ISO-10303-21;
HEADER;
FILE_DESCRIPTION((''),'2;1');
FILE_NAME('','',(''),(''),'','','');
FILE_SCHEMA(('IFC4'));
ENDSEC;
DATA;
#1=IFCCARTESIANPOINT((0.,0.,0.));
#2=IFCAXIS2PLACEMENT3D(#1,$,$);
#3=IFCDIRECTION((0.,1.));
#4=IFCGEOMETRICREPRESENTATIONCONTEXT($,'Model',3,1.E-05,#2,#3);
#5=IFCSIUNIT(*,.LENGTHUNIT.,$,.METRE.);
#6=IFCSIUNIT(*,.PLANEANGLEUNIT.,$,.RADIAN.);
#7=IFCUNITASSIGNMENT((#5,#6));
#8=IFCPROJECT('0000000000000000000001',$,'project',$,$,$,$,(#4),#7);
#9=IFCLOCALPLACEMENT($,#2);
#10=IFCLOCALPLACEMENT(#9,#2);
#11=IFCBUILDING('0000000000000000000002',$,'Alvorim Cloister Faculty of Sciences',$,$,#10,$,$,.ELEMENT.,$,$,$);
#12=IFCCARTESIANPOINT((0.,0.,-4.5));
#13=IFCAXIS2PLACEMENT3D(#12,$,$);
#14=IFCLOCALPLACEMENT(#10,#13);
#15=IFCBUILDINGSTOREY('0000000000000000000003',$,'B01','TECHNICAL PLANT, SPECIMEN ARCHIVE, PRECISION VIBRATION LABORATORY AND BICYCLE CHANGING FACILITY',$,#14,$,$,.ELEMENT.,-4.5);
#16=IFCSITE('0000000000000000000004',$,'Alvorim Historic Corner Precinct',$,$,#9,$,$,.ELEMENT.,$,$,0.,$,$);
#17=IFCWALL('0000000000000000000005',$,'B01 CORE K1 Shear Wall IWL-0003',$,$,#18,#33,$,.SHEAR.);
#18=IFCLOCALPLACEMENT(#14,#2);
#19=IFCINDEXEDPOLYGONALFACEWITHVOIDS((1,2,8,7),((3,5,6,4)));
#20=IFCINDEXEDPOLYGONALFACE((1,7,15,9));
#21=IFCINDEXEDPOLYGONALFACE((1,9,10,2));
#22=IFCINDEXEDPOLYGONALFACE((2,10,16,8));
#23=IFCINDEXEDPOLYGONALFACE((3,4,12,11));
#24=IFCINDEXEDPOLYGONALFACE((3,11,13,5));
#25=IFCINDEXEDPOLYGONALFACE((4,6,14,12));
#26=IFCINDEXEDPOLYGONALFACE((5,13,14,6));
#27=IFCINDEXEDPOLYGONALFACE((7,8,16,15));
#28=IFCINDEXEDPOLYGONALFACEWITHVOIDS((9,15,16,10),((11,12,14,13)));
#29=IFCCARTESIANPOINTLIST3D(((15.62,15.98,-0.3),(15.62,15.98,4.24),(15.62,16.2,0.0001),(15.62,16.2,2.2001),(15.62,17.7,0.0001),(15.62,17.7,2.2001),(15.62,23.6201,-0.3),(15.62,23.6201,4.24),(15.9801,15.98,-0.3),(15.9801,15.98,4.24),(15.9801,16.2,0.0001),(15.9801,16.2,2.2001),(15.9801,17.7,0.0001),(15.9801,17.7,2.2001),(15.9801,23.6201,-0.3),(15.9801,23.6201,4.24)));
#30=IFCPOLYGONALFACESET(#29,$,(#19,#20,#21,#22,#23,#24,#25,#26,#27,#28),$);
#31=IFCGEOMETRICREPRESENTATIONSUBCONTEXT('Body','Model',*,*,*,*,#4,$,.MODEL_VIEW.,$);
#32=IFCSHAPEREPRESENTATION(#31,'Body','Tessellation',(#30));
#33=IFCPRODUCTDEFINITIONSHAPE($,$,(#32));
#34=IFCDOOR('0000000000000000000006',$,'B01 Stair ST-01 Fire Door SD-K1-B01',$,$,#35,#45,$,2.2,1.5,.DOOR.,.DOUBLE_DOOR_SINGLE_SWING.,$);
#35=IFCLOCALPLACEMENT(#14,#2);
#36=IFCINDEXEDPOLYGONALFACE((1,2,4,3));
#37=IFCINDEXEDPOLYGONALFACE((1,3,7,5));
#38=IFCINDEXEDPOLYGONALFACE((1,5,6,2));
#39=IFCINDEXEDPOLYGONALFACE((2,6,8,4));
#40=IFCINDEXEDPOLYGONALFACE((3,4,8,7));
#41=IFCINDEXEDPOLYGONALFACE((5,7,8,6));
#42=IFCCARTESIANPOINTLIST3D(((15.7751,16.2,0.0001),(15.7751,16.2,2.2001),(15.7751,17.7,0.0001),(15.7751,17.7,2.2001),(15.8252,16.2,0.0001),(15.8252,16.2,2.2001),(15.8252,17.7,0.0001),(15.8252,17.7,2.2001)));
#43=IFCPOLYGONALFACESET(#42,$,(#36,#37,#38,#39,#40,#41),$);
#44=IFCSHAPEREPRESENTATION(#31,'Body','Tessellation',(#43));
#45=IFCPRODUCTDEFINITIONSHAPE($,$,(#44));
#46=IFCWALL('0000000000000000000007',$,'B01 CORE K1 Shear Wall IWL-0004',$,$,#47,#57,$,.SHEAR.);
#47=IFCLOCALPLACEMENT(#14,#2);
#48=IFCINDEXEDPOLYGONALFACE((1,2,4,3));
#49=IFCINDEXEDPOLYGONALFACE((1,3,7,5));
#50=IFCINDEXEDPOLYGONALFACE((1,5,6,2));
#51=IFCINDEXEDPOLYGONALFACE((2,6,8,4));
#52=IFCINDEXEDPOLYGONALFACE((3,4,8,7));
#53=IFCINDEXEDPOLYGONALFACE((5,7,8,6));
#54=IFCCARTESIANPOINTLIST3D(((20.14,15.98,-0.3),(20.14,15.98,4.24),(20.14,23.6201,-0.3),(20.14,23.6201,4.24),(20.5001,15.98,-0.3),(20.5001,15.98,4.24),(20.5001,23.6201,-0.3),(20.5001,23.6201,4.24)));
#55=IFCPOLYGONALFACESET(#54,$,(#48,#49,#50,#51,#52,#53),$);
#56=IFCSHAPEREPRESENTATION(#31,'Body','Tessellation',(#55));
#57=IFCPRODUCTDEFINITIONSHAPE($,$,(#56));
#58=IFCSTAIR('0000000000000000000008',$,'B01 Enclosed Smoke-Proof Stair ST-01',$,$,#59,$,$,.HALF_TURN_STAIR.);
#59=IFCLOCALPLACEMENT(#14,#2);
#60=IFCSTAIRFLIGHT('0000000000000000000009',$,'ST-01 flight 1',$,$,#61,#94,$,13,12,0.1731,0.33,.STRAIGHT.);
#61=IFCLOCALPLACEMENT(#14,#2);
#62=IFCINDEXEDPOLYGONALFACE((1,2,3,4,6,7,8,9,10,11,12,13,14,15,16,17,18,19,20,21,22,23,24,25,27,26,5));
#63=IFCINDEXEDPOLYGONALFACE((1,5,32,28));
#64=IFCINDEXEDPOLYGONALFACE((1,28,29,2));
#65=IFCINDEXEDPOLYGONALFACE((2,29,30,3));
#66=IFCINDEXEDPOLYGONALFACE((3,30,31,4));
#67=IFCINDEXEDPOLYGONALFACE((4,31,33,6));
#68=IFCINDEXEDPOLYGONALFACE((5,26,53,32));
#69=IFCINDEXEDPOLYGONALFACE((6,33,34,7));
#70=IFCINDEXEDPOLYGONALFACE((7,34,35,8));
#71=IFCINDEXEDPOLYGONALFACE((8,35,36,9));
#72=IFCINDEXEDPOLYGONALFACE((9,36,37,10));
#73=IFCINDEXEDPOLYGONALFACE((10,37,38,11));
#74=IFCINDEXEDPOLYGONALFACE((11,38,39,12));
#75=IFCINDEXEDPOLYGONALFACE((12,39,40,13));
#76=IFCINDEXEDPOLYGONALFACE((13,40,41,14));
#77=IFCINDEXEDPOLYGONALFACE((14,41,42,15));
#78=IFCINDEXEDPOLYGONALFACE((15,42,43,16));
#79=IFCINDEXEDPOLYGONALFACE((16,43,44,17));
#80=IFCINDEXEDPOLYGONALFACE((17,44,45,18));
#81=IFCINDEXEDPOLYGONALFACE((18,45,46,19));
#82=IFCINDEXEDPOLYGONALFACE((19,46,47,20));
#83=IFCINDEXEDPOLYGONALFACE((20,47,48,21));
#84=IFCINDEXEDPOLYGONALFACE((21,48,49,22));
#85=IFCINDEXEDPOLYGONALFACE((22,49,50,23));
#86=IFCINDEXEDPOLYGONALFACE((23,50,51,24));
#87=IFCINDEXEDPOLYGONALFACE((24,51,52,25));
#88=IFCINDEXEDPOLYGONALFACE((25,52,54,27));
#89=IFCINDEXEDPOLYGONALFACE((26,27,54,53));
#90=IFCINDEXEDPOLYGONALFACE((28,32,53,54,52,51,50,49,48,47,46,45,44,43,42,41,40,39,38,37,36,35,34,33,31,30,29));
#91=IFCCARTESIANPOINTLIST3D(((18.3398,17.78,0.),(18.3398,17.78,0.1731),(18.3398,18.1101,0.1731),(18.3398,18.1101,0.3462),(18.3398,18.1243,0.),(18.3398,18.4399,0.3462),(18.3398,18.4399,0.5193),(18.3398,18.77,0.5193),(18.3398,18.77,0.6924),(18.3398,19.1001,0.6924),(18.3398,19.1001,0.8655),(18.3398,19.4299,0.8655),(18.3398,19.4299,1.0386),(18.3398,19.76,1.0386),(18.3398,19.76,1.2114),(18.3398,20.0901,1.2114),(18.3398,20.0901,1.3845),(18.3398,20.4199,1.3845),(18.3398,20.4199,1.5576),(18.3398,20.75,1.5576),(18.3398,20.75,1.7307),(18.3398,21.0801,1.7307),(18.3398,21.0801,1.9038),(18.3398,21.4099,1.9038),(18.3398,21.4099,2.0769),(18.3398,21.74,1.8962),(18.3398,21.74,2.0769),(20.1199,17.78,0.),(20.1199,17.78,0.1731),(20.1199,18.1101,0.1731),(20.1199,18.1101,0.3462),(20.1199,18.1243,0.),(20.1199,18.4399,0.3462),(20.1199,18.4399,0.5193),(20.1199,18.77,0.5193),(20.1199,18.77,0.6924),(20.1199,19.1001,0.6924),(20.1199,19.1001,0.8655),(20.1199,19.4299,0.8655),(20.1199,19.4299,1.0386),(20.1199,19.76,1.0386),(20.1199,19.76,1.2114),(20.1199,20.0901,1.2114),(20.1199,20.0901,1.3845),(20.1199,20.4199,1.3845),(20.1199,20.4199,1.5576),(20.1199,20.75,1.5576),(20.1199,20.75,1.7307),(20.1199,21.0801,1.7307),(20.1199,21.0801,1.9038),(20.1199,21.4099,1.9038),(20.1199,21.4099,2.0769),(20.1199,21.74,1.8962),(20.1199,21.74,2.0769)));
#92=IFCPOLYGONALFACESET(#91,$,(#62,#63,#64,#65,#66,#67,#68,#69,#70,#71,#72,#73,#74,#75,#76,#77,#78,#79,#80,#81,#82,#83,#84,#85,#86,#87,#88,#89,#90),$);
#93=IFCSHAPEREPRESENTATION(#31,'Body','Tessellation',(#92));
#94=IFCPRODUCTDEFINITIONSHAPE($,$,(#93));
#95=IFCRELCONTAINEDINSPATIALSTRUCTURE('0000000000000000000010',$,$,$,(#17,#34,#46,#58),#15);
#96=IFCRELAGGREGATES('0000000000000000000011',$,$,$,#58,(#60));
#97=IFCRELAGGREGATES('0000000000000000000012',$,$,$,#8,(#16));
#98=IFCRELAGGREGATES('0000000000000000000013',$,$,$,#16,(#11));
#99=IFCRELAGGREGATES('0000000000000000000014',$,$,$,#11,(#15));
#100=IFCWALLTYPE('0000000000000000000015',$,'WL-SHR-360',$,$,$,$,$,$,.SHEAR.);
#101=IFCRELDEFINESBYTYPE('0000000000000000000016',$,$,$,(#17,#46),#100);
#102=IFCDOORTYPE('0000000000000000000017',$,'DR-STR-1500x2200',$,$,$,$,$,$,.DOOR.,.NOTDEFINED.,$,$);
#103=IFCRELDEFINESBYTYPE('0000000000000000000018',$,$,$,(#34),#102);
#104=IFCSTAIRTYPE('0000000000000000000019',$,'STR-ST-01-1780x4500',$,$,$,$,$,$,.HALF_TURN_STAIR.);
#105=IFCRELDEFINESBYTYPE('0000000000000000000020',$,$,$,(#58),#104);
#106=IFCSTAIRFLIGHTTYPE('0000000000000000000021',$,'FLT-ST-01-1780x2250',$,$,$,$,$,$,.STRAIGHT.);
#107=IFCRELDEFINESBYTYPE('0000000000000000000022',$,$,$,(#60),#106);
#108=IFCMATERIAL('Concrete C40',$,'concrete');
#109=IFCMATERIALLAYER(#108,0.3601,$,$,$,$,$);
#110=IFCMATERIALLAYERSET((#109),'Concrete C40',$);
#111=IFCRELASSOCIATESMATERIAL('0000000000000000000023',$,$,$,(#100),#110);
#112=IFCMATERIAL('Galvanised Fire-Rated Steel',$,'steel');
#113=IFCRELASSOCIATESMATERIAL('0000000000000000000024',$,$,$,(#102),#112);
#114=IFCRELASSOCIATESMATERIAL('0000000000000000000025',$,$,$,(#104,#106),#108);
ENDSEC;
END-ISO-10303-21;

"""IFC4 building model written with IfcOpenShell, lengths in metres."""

from ifc_helpers import new_model, si_unit, direction, frame, frame_2d, origin, place, context, subcontext, project, spatial, polyline, rectangle, outline, extrude, material, layer, layer_set, type_object, element, fill, aggregate, save


model = new_model("IFC4")

# Units and contexts
model_context = context("Model", 3, precision=1e-05, world=origin(), true_north=direction((0.0, 1.0)))
body_context = subcontext(model_context, "Body", "Model", "MODEL_VIEW")
ifc_project = project(units=[si_unit("LENGTHUNIT", "METRE"), si_unit("PLANEANGLEUNIT", "RADIAN")], contexts=[model_context])

# Site, building, storey
site_placement = place(None, origin())
site = spatial("IfcSite", under=ifc_project, at=site_placement, Name="Alvorim Historic Corner Precinct", CompositionType="ELEMENT", RefElevation=0.0)
building_placement = place(site_placement, origin())
building = spatial("IfcBuilding", under=site, at=building_placement, Name="Alvorim Cloister Faculty of Sciences", CompositionType="ELEMENT")
storey_placement = place(building_placement, frame((0.0, 0.0, -4.5)))
storey = spatial("IfcBuildingStorey", under=building, at=storey_placement, Name="B01", Description="TECHNICAL PLANT, SPECIMEN ARCHIVE, PRECISION VIBRATION LABORATORY AND BICYCLE CHANGING FACILITY", CompositionType="ELEMENT", Elevation=-4.5)

# Shared definitions
ifc_material_1 = material(Name="Concrete C40", Category="concrete")

# Shared definitions
ifc_layer = layer(ifc_material_1, 0.3601)
ifc_layer_set = layer_set([ifc_layer], Name="Concrete C40")
wall_type = type_object("IfcWallType", Name="WL-SHR-360", PredefinedType="SHEAR", material=ifc_layer_set)

# Wall, opening, door
wall_1_placement = place(storey_placement, frame((15.8, 15.98, -0.3), z_axis=(0.0, 0.0, 1.0), x_axis=(0.0, 1.0, 0.0)))
wall_1 = element("IfcWall", 1, at=wall_1_placement, inside=storey, type_object=wall_type, Name="B01 CORE K1 Shear Wall IWL-0003", PredefinedType="SHEAR", context=body_context, shape_type="SweptSolid", body=[
    extrude(rectangle(XDim=7.6401, YDim=0.3601, at=frame_2d((3.8201, 0.0))), origin(), (0.0, 0.0, 1.0), 4.54),
])
opening_placement = place(wall_1_placement, frame((0.22, 0.0, 0.3)))
opening = element("IfcOpeningElement", 2, at=opening_placement, cuts=wall_1, PredefinedType="OPENING", context=body_context, shape_type="SweptSolid", body=[
    extrude(rectangle(XDim=1.5, YDim=2.2, at=frame_2d((0.75, 1.1001))), frame((0.0, 0.1919, 0.0), z_axis=(0.0, -1.0, 0.0), x_axis=(1.0, 0.0, 0.0)), (0.0, 0.0, 1.0), 0.384),
])
ifc_material_2 = material(Name="Galvanised Fire-Rated Steel", Category="steel")
door_type = type_object("IfcDoorType", Name="DR-STR-1500x2200", OperationType="NOTDEFINED", PredefinedType="DOOR", material=ifc_material_2)
door_placement = place(opening_placement, origin())
door = element("IfcDoor", 3, at=door_placement, inside=storey, type_object=door_type, Name="B01 Stair ST-01 Fire Door SD-K1-B01", OperationType="DOUBLE_DOOR_SINGLE_SWING", OverallHeight=2.2, OverallWidth=1.5, PredefinedType="DOOR", context=body_context, shape_type="SweptSolid", body=[
    extrude(rectangle(XDim=1.5, YDim=2.2, at=frame_2d((0.75, 1.1001))), frame((0.0, 0.0249, 0.0), z_axis=(0.0, -1.0, 0.0), x_axis=(1.0, 0.0, 0.0)), (0.0, 0.0, 1.0), 0.05),
])
fill(opening, door)

# Wall
wall_2_placement = place(storey_placement, frame((20.3201, 15.98, -0.3), z_axis=(0.0, 0.0, 1.0), x_axis=(0.0, 1.0, 0.0)))
element("IfcWall", 4, at=wall_2_placement, inside=storey, type_object=wall_type, Name="B01 CORE K1 Shear Wall IWL-0004", PredefinedType="SHEAR", context=body_context, shape_type="SweptSolid", body=[
    extrude(rectangle(XDim=7.6401, YDim=0.3601, at=frame_2d((3.8201, 0.0))), origin(), (0.0, 0.0, 1.0), 4.54),
])

# Stair, stair flight
stair_type = type_object("IfcStairType", Name="STR-ST-01-1780x4500", PredefinedType="HALF_TURN_STAIR", material=ifc_material_1)
stair_placement = place(storey_placement, origin())
stair = element("IfcStair", 5, at=stair_placement, inside=storey, type_object=stair_type, Name="B01 Enclosed Smoke-Proof Stair ST-01", PredefinedType="HALF_TURN_STAIR")
stair_flight_type = type_object("IfcStairFlightType", Name="FLT-ST-01-1780x2250", PredefinedType="STRAIGHT", material=ifc_material_1)
stair_flight_placement = place(storey_placement, frame((19.23, 17.78, 0.0), z_axis=(0.0, 0.0, 1.0), x_axis=(0.0, 1.0, 0.0)))
stair_flight = element("IfcStairFlight", 6, at=stair_flight_placement, type_object=stair_flight_type, Name="ST-01 flight 1", NumberOfRisers=13, NumberOfTreads=12, PredefinedType="STRAIGHT", RiserHeight=0.1731, TreadLength=0.33, context=body_context, shape_type="SweptSolid", body=[
    extrude(outline(polyline([(0.3442, 0.0), (3.96, 1.8962), (3.96, 2.25), (3.96, 2.0769), (3.6299, 2.0769), (3.6299, 1.9038), (3.3, 1.9038), (3.3, 1.7307), (2.97, 1.7307), (2.97, 1.5576), (2.6399, 1.5576), (2.6399, 1.3845), (2.3101, 1.3845), (2.3101, 1.2114), (1.98, 1.2114), (1.98, 1.0386), (1.6499, 1.0386), (1.6499, 0.8655), (1.3201, 0.8655), (1.3201, 0.6924), (0.99, 0.6924), (0.99, 0.5193), (0.6599, 0.5193), (0.6599, 0.3462), (0.3301, 0.3462), (0.3301, 0.1731), (0.0, 0.1731), (0.0, 0.0), (0.3442, 0.0)])), frame((0.0, 0.8901, 0.0), z_axis=(0.0, -1.0, 0.0), x_axis=(1.0, 0.0, 0.0)), (0.0, 0.0, 1.0), 1.78),
])
aggregate(stair, [stair_flight])

save(model, "model.ifc")
